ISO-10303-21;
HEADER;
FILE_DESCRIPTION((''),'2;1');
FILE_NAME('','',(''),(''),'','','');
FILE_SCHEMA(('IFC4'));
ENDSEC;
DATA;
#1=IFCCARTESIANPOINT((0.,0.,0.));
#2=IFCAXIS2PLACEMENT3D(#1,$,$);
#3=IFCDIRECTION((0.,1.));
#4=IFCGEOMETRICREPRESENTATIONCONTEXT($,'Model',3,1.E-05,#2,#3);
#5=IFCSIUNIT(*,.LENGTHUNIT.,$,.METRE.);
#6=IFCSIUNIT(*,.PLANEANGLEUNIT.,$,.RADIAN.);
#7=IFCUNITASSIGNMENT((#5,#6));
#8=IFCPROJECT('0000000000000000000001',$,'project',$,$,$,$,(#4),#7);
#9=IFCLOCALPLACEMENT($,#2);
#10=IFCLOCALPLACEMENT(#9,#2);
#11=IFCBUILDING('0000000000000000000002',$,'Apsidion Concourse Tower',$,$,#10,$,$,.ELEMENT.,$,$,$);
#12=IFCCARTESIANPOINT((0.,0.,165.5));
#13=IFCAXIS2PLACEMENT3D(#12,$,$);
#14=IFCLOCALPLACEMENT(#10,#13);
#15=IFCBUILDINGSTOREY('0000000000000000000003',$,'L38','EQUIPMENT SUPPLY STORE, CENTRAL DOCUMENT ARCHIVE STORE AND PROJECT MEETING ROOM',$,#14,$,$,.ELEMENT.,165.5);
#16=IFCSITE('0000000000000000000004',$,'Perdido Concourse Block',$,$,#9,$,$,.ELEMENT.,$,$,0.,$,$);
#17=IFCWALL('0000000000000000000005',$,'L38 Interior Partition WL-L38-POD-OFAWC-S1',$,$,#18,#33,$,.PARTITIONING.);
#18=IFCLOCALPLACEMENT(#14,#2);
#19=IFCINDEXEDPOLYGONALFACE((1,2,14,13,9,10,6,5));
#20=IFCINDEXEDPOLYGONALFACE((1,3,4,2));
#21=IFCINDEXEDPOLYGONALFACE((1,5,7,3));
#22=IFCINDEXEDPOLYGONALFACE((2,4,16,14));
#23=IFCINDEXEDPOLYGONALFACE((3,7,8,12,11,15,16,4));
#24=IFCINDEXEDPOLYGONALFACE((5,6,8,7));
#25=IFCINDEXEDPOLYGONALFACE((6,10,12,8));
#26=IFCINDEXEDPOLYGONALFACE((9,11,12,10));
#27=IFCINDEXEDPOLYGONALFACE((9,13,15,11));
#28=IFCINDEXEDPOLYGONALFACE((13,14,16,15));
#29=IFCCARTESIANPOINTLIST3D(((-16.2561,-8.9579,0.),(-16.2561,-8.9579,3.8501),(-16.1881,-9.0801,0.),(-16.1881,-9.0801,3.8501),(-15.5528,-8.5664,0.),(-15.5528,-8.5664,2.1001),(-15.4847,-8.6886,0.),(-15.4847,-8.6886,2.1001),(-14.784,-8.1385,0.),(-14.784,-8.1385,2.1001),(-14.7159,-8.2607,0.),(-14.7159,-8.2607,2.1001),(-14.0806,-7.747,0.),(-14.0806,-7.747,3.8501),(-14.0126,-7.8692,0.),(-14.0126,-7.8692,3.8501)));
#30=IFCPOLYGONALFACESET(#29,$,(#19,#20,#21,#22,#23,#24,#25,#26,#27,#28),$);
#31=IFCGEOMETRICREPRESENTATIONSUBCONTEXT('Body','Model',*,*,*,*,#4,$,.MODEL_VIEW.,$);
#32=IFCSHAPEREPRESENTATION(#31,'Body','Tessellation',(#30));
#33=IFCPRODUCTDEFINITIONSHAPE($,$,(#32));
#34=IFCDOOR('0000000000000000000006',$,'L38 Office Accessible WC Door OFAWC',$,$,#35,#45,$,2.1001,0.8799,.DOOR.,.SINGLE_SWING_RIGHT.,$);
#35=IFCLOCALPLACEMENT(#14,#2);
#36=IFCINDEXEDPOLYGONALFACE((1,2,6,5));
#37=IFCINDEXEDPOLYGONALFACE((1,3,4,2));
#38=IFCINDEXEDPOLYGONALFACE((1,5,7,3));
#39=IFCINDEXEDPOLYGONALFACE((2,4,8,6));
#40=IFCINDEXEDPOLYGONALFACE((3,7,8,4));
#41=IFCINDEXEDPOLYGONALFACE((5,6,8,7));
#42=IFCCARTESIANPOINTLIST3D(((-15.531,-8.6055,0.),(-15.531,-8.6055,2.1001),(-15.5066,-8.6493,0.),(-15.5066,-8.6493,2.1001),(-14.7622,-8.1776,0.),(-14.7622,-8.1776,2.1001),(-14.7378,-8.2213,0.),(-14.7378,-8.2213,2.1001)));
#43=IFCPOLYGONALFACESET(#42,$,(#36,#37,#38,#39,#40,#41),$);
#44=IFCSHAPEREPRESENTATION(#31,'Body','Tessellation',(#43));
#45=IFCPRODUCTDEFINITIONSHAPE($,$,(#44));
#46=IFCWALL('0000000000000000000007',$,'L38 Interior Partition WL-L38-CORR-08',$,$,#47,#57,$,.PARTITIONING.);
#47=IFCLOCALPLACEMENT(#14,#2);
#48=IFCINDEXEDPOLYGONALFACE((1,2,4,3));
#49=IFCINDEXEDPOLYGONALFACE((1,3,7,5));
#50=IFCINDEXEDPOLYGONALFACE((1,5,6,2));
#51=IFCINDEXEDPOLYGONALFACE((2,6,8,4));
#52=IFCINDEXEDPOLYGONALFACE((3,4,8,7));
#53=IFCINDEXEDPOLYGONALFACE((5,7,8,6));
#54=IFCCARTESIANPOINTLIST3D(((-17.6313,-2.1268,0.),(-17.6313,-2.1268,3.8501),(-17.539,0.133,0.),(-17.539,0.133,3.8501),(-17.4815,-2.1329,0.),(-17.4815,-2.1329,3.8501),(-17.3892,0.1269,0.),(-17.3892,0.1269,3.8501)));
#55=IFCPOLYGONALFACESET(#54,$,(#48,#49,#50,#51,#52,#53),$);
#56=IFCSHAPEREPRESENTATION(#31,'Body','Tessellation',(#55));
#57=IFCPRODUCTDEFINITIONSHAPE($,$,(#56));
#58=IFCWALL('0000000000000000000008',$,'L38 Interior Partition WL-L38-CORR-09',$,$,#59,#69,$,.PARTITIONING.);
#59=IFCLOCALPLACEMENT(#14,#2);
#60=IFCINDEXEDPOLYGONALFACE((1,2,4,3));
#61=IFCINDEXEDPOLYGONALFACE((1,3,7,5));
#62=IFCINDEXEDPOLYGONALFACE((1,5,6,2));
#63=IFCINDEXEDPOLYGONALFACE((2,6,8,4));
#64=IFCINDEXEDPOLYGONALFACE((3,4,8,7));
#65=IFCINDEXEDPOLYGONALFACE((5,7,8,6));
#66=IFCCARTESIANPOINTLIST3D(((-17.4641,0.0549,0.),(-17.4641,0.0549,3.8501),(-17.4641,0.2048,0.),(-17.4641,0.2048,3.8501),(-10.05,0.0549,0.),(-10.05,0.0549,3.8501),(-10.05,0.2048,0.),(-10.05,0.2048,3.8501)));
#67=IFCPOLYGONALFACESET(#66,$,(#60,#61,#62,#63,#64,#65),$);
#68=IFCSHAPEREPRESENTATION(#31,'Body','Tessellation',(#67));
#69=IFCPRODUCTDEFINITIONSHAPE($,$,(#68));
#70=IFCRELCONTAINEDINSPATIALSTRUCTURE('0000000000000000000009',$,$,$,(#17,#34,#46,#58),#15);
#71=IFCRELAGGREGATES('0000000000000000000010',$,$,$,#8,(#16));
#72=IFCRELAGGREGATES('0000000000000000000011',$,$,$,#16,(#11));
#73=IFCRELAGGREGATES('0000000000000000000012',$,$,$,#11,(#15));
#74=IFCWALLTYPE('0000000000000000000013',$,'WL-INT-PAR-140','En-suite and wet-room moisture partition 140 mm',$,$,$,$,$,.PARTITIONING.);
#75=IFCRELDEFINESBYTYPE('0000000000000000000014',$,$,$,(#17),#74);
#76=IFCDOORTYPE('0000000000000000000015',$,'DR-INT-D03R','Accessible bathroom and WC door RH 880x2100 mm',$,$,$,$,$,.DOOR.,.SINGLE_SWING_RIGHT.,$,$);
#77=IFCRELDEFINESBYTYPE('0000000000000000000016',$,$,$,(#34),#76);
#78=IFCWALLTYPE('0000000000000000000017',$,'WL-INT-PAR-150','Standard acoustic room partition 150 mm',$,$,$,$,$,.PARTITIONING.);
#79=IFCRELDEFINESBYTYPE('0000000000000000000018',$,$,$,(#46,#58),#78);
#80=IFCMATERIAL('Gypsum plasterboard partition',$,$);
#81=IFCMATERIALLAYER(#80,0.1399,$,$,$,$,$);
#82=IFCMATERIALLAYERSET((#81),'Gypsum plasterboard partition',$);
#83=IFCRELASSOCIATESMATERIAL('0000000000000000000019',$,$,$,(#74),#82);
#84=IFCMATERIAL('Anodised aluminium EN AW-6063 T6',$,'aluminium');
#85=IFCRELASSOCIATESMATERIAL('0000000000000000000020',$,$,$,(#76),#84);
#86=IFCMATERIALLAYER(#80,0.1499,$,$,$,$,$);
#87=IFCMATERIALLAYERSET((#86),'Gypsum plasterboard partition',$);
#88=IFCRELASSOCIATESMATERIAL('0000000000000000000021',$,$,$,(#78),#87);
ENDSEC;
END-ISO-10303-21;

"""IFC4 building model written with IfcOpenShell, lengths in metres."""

from ifc_helpers import new_model, si_unit, direction, frame, frame_2d, origin, place, context, subcontext, project, spatial, rectangle, extrude, material, layer, layer_set, type_object, element, fill, save


model = new_model("IFC4")

# Units and contexts
model_context = context("Model", 3, precision=1e-05, world=origin(), true_north=direction((0.0, 1.0)))
body_context = subcontext(model_context, "Body", "Model", "MODEL_VIEW")
ifc_project = project(units=[si_unit("LENGTHUNIT", "METRE"), si_unit("PLANEANGLEUNIT", "RADIAN")], contexts=[model_context])

# Site, building, storey
site_placement = place(None, origin())
site = spatial("IfcSite", under=ifc_project, at=site_placement, Name="Perdido Concourse Block", CompositionType="ELEMENT", RefElevation=0.0)
building_placement = place(site_placement, origin())
building = spatial("IfcBuilding", under=site, at=building_placement, Name="Apsidion Concourse Tower", CompositionType="ELEMENT")
storey_placement = place(building_placement, frame((0.0, 0.0, 165.5)))
storey = spatial("IfcBuildingStorey", under=building, at=storey_placement, Name="L38", Description="EQUIPMENT SUPPLY STORE, CENTRAL DOCUMENT ARCHIVE STORE AND PROJECT MEETING ROOM", CompositionType="ELEMENT", Elevation=165.5)

# Wall, opening, door
ifc_material_1 = material(Name="Gypsum plasterboard partition")
ifc_layer_1 = layer(ifc_material_1, 0.1399)
ifc_layer_set_1 = layer_set([ifc_layer_1], Name="Gypsum plasterboard partition")
wall_type_1 = type_object("IfcWallType", Name="WL-INT-PAR-140", Description="En-suite and wet-room moisture partition 140 mm", PredefinedType="PARTITIONING", material=ifc_layer_set_1)
wall_1_placement = place(storey_placement, frame((-14.0466, -7.8081, 0.0), z_axis=(0.0, 0.0, 1.0), x_axis=(-0.873764, -0.48635, 0.0)))
wall_1 = element("IfcWall", 1, at=wall_1_placement, inside=storey, type_object=wall_type_1, Name="L38 Interior Partition WL-L38-POD-OFAWC-S1", PredefinedType="PARTITIONING", context=body_context, shape_type="SweptSolid", body=[
    extrude(rectangle(XDim=2.4897, YDim=0.1399, at=frame_2d((1.2449, 0.0))), origin(), (0.0, 0.0, 1.0), 3.8501),
])
opening_placement = place(wall_1_placement, frame((0.8049, 0.0, 0.0)))
opening = element("IfcOpeningElement", 2, at=opening_placement, cuts=wall_1, PredefinedType="OPENING", context=body_context, shape_type="SweptSolid", body=[
    extrude(rectangle(XDim=0.8799, YDim=2.1001, at=frame_2d((0.4399, 1.05))), frame((0.0, 0.0801, 0.0), z_axis=(0.0, -1.0, 0.0), x_axis=(1.0, 0.0, 0.0)), (0.0, 0.0, 1.0), 0.1599),
])
ifc_material_2 = material(Name="Anodised aluminium EN AW-6063 T6", Category="aluminium")
door_type = type_object("IfcDoorType", Name="DR-INT-D03R", Description="Accessible bathroom and WC door RH 880x2100 mm", OperationType="SINGLE_SWING_RIGHT", PredefinedType="DOOR", material=ifc_material_2)
door_placement = place(opening_placement, origin())
door = element("IfcDoor", 3, at=door_placement, inside=storey, type_object=door_type, Name="L38 Office Accessible WC Door OFAWC", OperationType="SINGLE_SWING_RIGHT", OverallHeight=2.1001, OverallWidth=0.8799, PredefinedType="DOOR", context=body_context, shape_type="SweptSolid", body=[
    extrude(rectangle(XDim=0.8799, YDim=2.1001, at=frame_2d((0.4399, 1.05))), frame((0.0, 0.0249, 0.0), z_axis=(0.0, -1.0, 0.0), x_axis=(1.0, 0.0, 0.0)), (0.0, 0.0, 1.0), 0.05),
])
fill(opening, door)

# Walls
ifc_layer_2 = layer(ifc_material_1, 0.1499)
ifc_layer_set_2 = layer_set([ifc_layer_2], Name="Gypsum plasterboard partition")
wall_type_2 = type_object("IfcWallType", Name="WL-INT-PAR-150", Description="Standard acoustic room partition 150 mm", PredefinedType="PARTITIONING", material=ifc_layer_set_2)
wall_2_placement = place(storey_placement, frame((-17.5564, -2.1299, 0.0), z_axis=(0.0, 0.0, 1.0), x_axis=(0.040804, 0.999167, 0.0)))
element("IfcWall", 4, at=wall_2_placement, inside=storey, type_object=wall_type_2, Name="L38 Interior Partition WL-L38-CORR-08", PredefinedType="PARTITIONING", context=body_context, shape_type="SweptSolid", body=[
    extrude(rectangle(XDim=2.2617, YDim=0.1499, at=frame_2d((1.1309, 0.0))), origin(), (0.0, 0.0, 1.0), 3.8501),
])
wall_3_placement = place(storey_placement, frame((-17.4641, 0.1299, 0.0), z_axis=(0.0, 0.0, 1.0), x_axis=(1.0, 0.0, 0.0)))
element("IfcWall", 5, at=wall_3_placement, inside=storey, type_object=wall_type_2, Name="L38 Interior Partition WL-L38-CORR-09", PredefinedType="PARTITIONING", context=body_context, shape_type="SweptSolid", body=[
    extrude(rectangle(XDim=7.4141, YDim=0.1499, at=frame_2d((3.707, 0.0))), origin(), (0.0, 0.0, 1.0), 3.8501),
])

save(model, "model.ifc")
